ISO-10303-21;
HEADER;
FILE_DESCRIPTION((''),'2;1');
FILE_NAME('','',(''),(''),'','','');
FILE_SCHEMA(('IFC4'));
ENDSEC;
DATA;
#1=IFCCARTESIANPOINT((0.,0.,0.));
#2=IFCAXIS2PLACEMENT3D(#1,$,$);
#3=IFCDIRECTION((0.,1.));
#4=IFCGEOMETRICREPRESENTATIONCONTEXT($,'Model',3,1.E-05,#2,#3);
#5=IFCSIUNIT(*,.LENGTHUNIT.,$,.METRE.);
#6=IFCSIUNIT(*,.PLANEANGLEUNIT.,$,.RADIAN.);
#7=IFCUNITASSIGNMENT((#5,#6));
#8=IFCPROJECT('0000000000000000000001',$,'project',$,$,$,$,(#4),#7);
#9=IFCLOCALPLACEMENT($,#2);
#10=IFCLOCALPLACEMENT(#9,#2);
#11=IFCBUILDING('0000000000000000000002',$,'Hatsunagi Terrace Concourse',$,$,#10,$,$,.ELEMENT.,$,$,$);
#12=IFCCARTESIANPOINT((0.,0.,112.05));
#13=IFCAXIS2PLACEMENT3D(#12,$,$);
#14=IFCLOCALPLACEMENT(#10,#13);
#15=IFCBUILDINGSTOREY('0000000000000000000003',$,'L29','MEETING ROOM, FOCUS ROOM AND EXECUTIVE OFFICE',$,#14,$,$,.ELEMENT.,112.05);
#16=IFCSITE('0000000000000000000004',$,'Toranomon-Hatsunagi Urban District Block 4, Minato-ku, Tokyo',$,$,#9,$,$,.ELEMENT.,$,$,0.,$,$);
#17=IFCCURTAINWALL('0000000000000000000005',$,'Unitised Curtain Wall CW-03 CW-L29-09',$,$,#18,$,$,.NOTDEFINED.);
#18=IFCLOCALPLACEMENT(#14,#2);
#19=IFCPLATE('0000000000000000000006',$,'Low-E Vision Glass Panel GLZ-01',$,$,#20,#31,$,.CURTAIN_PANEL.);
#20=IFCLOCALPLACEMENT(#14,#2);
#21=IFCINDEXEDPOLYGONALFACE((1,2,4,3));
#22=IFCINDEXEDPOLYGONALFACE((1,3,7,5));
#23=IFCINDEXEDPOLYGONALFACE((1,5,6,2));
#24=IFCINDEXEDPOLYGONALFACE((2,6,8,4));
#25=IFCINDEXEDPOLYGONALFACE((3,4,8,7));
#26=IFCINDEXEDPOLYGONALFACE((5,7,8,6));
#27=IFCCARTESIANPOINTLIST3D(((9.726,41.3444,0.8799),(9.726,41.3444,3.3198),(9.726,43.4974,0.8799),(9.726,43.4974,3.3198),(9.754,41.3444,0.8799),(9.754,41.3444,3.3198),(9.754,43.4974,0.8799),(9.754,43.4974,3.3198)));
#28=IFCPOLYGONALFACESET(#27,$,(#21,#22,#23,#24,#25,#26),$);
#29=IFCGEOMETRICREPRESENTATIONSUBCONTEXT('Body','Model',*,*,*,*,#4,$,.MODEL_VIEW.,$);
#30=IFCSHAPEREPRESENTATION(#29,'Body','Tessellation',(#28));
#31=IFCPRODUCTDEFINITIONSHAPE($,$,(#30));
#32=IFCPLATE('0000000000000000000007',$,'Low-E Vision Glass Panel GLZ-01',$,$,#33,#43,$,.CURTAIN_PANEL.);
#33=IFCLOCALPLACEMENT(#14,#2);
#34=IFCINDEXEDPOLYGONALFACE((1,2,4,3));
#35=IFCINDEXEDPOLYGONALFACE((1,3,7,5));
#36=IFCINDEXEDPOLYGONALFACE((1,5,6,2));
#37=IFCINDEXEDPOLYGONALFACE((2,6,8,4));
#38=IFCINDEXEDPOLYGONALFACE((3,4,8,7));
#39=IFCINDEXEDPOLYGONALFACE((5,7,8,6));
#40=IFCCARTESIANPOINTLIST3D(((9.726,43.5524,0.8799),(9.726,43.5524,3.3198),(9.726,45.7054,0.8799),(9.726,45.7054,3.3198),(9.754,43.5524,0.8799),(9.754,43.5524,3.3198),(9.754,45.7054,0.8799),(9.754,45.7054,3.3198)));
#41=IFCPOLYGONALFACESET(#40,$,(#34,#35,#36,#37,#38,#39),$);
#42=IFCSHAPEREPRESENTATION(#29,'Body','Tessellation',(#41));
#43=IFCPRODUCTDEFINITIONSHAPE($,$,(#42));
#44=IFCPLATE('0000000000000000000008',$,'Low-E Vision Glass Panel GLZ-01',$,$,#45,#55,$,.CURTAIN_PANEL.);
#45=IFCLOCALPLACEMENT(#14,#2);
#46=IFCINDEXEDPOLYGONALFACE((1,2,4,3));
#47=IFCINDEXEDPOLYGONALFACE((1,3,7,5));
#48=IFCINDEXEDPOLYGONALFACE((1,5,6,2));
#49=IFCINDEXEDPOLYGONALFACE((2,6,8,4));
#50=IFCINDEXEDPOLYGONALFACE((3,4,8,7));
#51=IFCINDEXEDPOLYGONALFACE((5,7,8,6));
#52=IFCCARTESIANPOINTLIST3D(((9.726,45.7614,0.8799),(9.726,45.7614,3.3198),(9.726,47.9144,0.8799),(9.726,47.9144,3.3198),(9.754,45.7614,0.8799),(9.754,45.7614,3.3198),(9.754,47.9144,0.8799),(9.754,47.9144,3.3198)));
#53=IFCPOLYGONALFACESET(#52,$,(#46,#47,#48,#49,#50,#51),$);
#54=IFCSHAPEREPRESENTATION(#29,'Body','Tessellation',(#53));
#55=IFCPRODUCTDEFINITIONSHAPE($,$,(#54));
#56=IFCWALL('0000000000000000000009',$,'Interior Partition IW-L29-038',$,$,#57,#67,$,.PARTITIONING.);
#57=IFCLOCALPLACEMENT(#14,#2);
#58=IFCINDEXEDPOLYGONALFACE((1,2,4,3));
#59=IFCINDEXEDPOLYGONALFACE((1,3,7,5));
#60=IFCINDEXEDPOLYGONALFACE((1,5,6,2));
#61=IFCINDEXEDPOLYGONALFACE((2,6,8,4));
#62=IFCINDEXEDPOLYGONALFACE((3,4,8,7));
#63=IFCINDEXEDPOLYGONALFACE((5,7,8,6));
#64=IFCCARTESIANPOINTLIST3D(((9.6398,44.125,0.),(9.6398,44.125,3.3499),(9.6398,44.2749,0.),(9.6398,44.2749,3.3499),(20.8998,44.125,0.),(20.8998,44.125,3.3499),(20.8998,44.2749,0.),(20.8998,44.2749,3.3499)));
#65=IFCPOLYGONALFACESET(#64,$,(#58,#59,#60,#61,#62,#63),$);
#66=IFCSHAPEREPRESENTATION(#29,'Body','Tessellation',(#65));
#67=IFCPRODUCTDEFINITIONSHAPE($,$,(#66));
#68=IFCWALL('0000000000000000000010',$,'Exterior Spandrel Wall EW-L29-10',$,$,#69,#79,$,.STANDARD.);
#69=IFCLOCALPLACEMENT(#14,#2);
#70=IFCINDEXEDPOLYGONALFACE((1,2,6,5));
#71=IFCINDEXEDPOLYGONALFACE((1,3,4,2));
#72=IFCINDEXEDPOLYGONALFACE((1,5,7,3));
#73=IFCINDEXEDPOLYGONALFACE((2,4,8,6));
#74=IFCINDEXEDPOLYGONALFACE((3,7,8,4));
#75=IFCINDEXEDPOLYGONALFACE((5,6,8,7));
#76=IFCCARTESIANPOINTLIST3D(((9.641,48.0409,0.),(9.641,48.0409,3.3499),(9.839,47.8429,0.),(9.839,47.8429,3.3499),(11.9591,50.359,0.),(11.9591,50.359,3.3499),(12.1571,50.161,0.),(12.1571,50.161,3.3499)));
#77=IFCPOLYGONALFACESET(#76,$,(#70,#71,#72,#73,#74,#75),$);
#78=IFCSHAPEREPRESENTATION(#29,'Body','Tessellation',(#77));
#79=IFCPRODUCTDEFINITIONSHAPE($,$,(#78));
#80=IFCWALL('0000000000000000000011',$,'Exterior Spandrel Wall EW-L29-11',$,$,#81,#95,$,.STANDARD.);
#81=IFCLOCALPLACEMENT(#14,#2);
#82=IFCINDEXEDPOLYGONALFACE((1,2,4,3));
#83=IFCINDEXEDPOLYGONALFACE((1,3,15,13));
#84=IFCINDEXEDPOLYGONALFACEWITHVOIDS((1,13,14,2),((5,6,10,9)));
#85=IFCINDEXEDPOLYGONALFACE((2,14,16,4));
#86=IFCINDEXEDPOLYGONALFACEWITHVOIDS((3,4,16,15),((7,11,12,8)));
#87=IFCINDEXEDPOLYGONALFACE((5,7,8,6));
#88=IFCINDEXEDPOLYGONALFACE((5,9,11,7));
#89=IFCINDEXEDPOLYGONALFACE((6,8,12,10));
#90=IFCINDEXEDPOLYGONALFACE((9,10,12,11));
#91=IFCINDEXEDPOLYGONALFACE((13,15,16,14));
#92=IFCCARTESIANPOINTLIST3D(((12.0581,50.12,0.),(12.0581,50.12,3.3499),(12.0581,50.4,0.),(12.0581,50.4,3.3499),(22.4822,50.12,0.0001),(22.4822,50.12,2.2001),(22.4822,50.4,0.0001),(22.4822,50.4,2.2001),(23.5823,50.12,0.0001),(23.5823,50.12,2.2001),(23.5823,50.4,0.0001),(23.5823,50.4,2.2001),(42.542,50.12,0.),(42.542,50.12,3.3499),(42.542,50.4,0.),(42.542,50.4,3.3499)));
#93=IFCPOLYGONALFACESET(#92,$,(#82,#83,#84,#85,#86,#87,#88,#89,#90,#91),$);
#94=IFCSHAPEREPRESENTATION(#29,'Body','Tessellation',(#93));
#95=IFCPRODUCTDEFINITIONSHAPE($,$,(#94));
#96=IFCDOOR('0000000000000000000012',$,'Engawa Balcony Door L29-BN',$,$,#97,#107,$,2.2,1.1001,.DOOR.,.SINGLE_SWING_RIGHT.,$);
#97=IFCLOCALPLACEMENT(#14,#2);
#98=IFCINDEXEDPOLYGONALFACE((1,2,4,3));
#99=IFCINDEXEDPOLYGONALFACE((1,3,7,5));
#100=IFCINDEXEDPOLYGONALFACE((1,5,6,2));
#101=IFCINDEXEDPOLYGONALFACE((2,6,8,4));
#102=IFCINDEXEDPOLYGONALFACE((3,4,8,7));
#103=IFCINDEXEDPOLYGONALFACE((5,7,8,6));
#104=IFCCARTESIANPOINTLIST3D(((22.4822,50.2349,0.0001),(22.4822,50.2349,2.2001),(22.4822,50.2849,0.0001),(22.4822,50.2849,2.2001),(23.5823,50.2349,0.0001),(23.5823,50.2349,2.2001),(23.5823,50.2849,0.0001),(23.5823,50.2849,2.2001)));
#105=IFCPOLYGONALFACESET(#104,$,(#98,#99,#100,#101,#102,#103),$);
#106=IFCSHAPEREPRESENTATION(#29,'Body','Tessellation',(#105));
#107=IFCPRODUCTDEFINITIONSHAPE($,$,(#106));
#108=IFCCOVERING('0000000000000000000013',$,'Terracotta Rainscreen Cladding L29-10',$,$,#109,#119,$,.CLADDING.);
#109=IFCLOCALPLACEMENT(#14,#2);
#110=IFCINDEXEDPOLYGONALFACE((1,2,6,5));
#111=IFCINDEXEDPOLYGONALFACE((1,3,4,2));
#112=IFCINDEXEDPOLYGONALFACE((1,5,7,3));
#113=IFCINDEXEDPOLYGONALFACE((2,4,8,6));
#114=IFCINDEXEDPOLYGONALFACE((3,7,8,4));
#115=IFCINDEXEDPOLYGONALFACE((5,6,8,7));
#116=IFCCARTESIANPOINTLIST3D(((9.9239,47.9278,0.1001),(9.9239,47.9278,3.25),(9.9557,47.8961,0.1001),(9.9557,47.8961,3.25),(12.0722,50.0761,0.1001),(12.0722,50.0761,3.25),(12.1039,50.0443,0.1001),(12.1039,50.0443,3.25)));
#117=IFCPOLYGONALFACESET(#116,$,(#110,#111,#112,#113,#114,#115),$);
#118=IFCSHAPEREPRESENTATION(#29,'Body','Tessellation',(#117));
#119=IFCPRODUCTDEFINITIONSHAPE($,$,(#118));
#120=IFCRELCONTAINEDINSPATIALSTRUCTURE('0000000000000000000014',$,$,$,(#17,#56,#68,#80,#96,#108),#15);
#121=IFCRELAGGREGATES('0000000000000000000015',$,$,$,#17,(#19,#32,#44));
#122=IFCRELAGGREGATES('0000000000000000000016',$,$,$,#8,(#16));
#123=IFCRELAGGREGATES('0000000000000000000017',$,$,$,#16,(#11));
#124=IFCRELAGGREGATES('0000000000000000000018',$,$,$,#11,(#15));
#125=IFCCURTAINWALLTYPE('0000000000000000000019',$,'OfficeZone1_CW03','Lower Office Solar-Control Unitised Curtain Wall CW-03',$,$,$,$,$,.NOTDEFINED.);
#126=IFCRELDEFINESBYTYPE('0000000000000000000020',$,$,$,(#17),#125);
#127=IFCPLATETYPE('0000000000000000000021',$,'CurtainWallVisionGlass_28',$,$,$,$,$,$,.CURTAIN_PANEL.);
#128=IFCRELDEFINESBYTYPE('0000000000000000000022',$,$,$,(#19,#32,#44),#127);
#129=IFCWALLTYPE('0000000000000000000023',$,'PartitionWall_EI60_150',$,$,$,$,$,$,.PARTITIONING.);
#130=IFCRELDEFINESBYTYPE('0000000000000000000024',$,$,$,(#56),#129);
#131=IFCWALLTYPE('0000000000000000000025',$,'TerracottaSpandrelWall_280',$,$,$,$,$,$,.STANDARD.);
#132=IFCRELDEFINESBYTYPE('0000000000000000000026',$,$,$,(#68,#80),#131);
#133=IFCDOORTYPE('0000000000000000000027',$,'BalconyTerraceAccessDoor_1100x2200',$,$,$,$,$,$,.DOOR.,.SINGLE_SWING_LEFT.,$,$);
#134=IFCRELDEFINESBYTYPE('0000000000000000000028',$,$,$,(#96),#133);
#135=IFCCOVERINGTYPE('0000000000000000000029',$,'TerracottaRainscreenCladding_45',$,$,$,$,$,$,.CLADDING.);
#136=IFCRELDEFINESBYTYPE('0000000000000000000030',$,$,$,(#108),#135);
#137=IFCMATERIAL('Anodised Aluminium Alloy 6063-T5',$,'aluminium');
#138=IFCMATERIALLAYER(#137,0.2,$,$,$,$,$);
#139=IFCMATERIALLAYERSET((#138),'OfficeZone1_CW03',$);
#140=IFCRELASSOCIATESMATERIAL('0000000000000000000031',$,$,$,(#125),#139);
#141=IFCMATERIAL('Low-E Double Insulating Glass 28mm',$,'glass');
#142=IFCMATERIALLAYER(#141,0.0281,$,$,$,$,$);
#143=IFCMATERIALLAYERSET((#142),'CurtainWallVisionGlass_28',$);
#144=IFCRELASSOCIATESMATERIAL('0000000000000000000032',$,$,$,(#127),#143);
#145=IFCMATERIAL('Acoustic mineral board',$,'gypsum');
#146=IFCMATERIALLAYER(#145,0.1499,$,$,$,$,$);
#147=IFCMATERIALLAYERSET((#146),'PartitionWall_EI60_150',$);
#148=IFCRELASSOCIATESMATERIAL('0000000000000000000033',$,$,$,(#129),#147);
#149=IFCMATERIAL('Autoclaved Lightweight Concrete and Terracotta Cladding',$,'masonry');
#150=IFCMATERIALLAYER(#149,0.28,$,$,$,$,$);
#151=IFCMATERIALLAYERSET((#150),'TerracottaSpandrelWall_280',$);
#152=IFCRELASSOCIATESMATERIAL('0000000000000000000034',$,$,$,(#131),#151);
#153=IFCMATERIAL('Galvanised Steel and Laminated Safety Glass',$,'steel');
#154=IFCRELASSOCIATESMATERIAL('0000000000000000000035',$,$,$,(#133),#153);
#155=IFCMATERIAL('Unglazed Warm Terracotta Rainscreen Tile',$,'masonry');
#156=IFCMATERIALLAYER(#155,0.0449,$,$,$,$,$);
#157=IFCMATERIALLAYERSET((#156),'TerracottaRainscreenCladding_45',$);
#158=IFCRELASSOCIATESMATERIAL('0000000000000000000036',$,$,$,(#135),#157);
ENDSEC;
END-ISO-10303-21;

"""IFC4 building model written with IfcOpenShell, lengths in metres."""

from ifc_helpers import new_model, si_unit, direction, frame, frame_2d, origin, origin_2d, place, context, subcontext, project, spatial, rectangle, extrude, material, layer, layer_set, type_object, element, fill, aggregate, save


model = new_model("IFC4")

# Units and contexts
model_context = context("Model", 3, precision=1e-05, world=origin(), true_north=direction((0.0, 1.0)))
body_context = subcontext(model_context, "Body", "Model", "MODEL_VIEW")
ifc_project = project(units=[si_unit("LENGTHUNIT", "METRE"), si_unit("PLANEANGLEUNIT", "RADIAN")], contexts=[model_context])

# Site, building, storey
site_placement = place(None, origin())
site = spatial("IfcSite", under=ifc_project, at=site_placement, Name="Toranomon-Hatsunagi Urban District Block 4, Minato-ku, Tokyo", CompositionType="ELEMENT", RefElevation=0.0)
building_placement = place(site_placement, origin())
building = spatial("IfcBuilding", under=site, at=building_placement, Name="Hatsunagi Terrace Concourse", CompositionType="ELEMENT")
storey_placement = place(building_placement, frame((0.0, 0.0, 112.05)))
storey = spatial("IfcBuildingStorey", under=building, at=storey_placement, Name="L29", Description="MEETING ROOM, FOCUS ROOM AND EXECUTIVE OFFICE", CompositionType="ELEMENT", Elevation=112.05)

# Curtain wall
ifc_material_1 = material(Name="Anodised Aluminium Alloy 6063-T5", Category="aluminium")
ifc_layer_1 = layer(ifc_material_1, 0.2)
ifc_layer_set_1 = layer_set([ifc_layer_1], Name="OfficeZone1_CW03")
curtain_wall_type = type_object("IfcCurtainWallType", Name="OfficeZone1_CW03", Description="Lower Office Solar-Control Unitised Curtain Wall CW-03", PredefinedType="NOTDEFINED", material=ifc_layer_set_1)
curtain_wall_placement = place(storey_placement, origin())
curtain_wall = element("IfcCurtainWall", 1, at=curtain_wall_placement, inside=storey, type_object=curtain_wall_type, Name="Unitised Curtain Wall CW-03 CW-L29-09", PredefinedType="NOTDEFINED")

# Plates
ifc_material_2 = material(Name="Low-E Double Insulating Glass 28mm", Category="glass")
ifc_layer_2 = layer(ifc_material_2, 0.0281)
ifc_layer_set_2 = layer_set([ifc_layer_2], Name="CurtainWallVisionGlass_28")
plate_type_1 = type_object("IfcPlateType", Name="CurtainWallVisionGlass_28", PredefinedType="CURTAIN_PANEL", material=ifc_layer_set_2)
plate_1_placement = place(storey_placement, frame((9.74, 42.4209, 0.8799), z_axis=(0.0, 0.0, 1.0), x_axis=(0.0, 1.0, 0.0)))
plate_1 = element("IfcPlate", 2, at=plate_1_placement, type_object=plate_type_1, Name="Low-E Vision Glass Panel GLZ-01", PredefinedType="CURTAIN_PANEL", context=body_context, shape_type="SweptSolid", body=[
    extrude(rectangle(XDim=2.1531, YDim=0.0281, at=origin_2d()), origin(), (0.0, 0.0, 1.0), 2.4399),
])
plate_2_placement = place(storey_placement, frame((9.74, 44.6289, 0.8799), z_axis=(0.0, 0.0, 1.0), x_axis=(0.0, 1.0, 0.0)))
plate_2 = element("IfcPlate", 3, at=plate_2_placement, type_object=plate_type_1, Name="Low-E Vision Glass Panel GLZ-01", PredefinedType="CURTAIN_PANEL", context=body_context, shape_type="SweptSolid", body=[
    extrude(rectangle(XDim=2.1531, YDim=0.0281, at=origin_2d()), origin(), (0.0, 0.0, 1.0), 2.4399),
])
plate_3_placement = place(storey_placement, frame((9.74, 46.8379, 0.8799), z_axis=(0.0, 0.0, 1.0), x_axis=(0.0, 1.0, 0.0)))
plate_3 = element("IfcPlate", 4, at=plate_3_placement, type_object=plate_type_1, Name="Low-E Vision Glass Panel GLZ-01", PredefinedType="CURTAIN_PANEL", context=body_context, shape_type="SweptSolid", body=[
    extrude(rectangle(XDim=2.1531, YDim=0.0281, at=origin_2d()), origin(), (0.0, 0.0, 1.0), 2.4399),
])
aggregate(curtain_wall, [plate_1, plate_2, plate_3])

# Walls
ifc_material_3 = material(Name="Acoustic mineral board", Category="gypsum")
ifc_layer_3 = layer(ifc_material_3, 0.1499)
ifc_layer_set_3 = layer_set([ifc_layer_3], Name="PartitionWall_EI60_150")
wall_type_1 = type_object("IfcWallType", Name="PartitionWall_EI60_150", PredefinedType="PARTITIONING", material=ifc_layer_set_3)
wall_1_placement = place(storey_placement, frame((9.6399, 44.2, 0.0), z_axis=(0.0, 0.0, 1.0), x_axis=(1.0, 0.0, 0.0)))
element("IfcWall", 5, at=wall_1_placement, inside=storey, type_object=wall_type_1, Name="Interior Partition IW-L29-038", PredefinedType="PARTITIONING", context=body_context, shape_type="SweptSolid", body=[
    extrude(rectangle(XDim=11.26, YDim=0.1499, at=frame_2d((5.6299, 0.0))), origin(), (0.0, 0.0, 1.0), 3.3499),
])
ifc_material_4 = material(Name="Autoclaved Lightweight Concrete and Terracotta Cladding", Category="masonry")
ifc_layer_4 = layer(ifc_material_4, 0.28)
ifc_layer_set_4 = layer_set([ifc_layer_4], Name="TerracottaSpandrelWall_280")
wall_type_2 = type_object("IfcWallType", Name="TerracottaSpandrelWall_280", PredefinedType="STANDARD", material=ifc_layer_set_4)
wall_2_placement = place(storey_placement, frame((9.74, 47.9419, 0.0), z_axis=(0.0, 0.0, 1.0), x_axis=(0.707107, 0.707107, 0.0)))
element("IfcWall", 6, at=wall_2_placement, inside=storey, type_object=wall_type_2, Name="Exterior Spandrel Wall EW-L29-10", PredefinedType="STANDARD", context=body_context, shape_type="SweptSolid", body=[
    extrude(rectangle(XDim=3.2783, YDim=0.28, at=frame_2d((1.6392, 0.0))), origin(), (0.0, 0.0, 1.0), 3.3499),
])

# Wall, opening, door
wall_3_placement = place(storey_placement, frame((12.0581, 50.26, 0.0), z_axis=(0.0, 0.0, 1.0), x_axis=(1.0, 0.0, 0.0)))
wall_3 = element("IfcWall", 7, at=wall_3_placement, inside=storey, type_object=wall_type_2, Name="Exterior Spandrel Wall EW-L29-11", PredefinedType="STANDARD", context=body_context, shape_type="SweptSolid", body=[
    extrude(rectangle(XDim=30.4839, YDim=0.28, at=frame_2d((15.2419, 0.0))), origin(), (0.0, 0.0, 1.0), 3.3499),
])
opening_placement = place(wall_3_placement, frame((10.4241, 0.0, 0.0)))
opening = element("IfcOpeningElement", 8, at=opening_placement, cuts=wall_3, PredefinedType="OPENING", context=body_context, shape_type="SweptSolid", body=[
    extrude(rectangle(XDim=1.1001, YDim=2.2, at=frame_2d((0.55, 1.1001))), frame((0.0, 0.1499, 0.0), z_axis=(0.0, -1.0, 0.0), x_axis=(1.0, 0.0, 0.0)), (0.0, 0.0, 1.0), 0.3),
])
ifc_material_5 = material(Name="Galvanised Steel and Laminated Safety Glass", Category="steel")
door_type = type_object("IfcDoorType", Name="BalconyTerraceAccessDoor_1100x2200", OperationType="SINGLE_SWING_LEFT", PredefinedType="DOOR", material=ifc_material_5)
door_placement = place(opening_placement, origin())
door = element("IfcDoor", 9, at=door_placement, inside=storey, type_object=door_type, Name="Engawa Balcony Door L29-BN", OperationType="SINGLE_SWING_RIGHT", OverallHeight=2.2, OverallWidth=1.1001, PredefinedType="DOOR", context=body_context, shape_type="SweptSolid", body=[
    extrude(rectangle(XDim=1.1001, YDim=2.2, at=frame_2d((0.55, 1.1001))), frame((0.0, 0.0249, 0.0), z_axis=(0.0, -1.0, 0.0), x_axis=(1.0, 0.0, 0.0)), (0.0, 0.0, 1.0), 0.05),
])
fill(opening, door)

# Covering
ifc_material_6 = material(Name="Unglazed Warm Terracotta Rainscreen Tile", Category="masonry")
ifc_layer_5 = layer(ifc_material_6, 0.0449)
ifc_layer_set_5 = layer_set([ifc_layer_5], Name="TerracottaRainscreenCladding_45")
covering_type = type_object("IfcCoveringType", Name="TerracottaRainscreenCladding_45", PredefinedType="CLADDING", material=ifc_layer_set_5)
covering_placement = place(storey_placement, frame((11.0139, 48.9861, 0.1001), z_axis=(0.0, 0.0, 1.0), x_axis=(0.707107, 0.707107, 0.0)))
element("IfcCovering", 10, at=covering_placement, inside=storey, type_object=covering_type, Name="Terracotta Rainscreen Cladding L29-10", PredefinedType="CLADDING", context=body_context, shape_type="SweptSolid", body=[
    extrude(rectangle(XDim=3.0381, YDim=0.0449, at=origin_2d()), origin(), (0.0, 0.0, 1.0), 3.1499),
])

save(model, "model.ifc")
